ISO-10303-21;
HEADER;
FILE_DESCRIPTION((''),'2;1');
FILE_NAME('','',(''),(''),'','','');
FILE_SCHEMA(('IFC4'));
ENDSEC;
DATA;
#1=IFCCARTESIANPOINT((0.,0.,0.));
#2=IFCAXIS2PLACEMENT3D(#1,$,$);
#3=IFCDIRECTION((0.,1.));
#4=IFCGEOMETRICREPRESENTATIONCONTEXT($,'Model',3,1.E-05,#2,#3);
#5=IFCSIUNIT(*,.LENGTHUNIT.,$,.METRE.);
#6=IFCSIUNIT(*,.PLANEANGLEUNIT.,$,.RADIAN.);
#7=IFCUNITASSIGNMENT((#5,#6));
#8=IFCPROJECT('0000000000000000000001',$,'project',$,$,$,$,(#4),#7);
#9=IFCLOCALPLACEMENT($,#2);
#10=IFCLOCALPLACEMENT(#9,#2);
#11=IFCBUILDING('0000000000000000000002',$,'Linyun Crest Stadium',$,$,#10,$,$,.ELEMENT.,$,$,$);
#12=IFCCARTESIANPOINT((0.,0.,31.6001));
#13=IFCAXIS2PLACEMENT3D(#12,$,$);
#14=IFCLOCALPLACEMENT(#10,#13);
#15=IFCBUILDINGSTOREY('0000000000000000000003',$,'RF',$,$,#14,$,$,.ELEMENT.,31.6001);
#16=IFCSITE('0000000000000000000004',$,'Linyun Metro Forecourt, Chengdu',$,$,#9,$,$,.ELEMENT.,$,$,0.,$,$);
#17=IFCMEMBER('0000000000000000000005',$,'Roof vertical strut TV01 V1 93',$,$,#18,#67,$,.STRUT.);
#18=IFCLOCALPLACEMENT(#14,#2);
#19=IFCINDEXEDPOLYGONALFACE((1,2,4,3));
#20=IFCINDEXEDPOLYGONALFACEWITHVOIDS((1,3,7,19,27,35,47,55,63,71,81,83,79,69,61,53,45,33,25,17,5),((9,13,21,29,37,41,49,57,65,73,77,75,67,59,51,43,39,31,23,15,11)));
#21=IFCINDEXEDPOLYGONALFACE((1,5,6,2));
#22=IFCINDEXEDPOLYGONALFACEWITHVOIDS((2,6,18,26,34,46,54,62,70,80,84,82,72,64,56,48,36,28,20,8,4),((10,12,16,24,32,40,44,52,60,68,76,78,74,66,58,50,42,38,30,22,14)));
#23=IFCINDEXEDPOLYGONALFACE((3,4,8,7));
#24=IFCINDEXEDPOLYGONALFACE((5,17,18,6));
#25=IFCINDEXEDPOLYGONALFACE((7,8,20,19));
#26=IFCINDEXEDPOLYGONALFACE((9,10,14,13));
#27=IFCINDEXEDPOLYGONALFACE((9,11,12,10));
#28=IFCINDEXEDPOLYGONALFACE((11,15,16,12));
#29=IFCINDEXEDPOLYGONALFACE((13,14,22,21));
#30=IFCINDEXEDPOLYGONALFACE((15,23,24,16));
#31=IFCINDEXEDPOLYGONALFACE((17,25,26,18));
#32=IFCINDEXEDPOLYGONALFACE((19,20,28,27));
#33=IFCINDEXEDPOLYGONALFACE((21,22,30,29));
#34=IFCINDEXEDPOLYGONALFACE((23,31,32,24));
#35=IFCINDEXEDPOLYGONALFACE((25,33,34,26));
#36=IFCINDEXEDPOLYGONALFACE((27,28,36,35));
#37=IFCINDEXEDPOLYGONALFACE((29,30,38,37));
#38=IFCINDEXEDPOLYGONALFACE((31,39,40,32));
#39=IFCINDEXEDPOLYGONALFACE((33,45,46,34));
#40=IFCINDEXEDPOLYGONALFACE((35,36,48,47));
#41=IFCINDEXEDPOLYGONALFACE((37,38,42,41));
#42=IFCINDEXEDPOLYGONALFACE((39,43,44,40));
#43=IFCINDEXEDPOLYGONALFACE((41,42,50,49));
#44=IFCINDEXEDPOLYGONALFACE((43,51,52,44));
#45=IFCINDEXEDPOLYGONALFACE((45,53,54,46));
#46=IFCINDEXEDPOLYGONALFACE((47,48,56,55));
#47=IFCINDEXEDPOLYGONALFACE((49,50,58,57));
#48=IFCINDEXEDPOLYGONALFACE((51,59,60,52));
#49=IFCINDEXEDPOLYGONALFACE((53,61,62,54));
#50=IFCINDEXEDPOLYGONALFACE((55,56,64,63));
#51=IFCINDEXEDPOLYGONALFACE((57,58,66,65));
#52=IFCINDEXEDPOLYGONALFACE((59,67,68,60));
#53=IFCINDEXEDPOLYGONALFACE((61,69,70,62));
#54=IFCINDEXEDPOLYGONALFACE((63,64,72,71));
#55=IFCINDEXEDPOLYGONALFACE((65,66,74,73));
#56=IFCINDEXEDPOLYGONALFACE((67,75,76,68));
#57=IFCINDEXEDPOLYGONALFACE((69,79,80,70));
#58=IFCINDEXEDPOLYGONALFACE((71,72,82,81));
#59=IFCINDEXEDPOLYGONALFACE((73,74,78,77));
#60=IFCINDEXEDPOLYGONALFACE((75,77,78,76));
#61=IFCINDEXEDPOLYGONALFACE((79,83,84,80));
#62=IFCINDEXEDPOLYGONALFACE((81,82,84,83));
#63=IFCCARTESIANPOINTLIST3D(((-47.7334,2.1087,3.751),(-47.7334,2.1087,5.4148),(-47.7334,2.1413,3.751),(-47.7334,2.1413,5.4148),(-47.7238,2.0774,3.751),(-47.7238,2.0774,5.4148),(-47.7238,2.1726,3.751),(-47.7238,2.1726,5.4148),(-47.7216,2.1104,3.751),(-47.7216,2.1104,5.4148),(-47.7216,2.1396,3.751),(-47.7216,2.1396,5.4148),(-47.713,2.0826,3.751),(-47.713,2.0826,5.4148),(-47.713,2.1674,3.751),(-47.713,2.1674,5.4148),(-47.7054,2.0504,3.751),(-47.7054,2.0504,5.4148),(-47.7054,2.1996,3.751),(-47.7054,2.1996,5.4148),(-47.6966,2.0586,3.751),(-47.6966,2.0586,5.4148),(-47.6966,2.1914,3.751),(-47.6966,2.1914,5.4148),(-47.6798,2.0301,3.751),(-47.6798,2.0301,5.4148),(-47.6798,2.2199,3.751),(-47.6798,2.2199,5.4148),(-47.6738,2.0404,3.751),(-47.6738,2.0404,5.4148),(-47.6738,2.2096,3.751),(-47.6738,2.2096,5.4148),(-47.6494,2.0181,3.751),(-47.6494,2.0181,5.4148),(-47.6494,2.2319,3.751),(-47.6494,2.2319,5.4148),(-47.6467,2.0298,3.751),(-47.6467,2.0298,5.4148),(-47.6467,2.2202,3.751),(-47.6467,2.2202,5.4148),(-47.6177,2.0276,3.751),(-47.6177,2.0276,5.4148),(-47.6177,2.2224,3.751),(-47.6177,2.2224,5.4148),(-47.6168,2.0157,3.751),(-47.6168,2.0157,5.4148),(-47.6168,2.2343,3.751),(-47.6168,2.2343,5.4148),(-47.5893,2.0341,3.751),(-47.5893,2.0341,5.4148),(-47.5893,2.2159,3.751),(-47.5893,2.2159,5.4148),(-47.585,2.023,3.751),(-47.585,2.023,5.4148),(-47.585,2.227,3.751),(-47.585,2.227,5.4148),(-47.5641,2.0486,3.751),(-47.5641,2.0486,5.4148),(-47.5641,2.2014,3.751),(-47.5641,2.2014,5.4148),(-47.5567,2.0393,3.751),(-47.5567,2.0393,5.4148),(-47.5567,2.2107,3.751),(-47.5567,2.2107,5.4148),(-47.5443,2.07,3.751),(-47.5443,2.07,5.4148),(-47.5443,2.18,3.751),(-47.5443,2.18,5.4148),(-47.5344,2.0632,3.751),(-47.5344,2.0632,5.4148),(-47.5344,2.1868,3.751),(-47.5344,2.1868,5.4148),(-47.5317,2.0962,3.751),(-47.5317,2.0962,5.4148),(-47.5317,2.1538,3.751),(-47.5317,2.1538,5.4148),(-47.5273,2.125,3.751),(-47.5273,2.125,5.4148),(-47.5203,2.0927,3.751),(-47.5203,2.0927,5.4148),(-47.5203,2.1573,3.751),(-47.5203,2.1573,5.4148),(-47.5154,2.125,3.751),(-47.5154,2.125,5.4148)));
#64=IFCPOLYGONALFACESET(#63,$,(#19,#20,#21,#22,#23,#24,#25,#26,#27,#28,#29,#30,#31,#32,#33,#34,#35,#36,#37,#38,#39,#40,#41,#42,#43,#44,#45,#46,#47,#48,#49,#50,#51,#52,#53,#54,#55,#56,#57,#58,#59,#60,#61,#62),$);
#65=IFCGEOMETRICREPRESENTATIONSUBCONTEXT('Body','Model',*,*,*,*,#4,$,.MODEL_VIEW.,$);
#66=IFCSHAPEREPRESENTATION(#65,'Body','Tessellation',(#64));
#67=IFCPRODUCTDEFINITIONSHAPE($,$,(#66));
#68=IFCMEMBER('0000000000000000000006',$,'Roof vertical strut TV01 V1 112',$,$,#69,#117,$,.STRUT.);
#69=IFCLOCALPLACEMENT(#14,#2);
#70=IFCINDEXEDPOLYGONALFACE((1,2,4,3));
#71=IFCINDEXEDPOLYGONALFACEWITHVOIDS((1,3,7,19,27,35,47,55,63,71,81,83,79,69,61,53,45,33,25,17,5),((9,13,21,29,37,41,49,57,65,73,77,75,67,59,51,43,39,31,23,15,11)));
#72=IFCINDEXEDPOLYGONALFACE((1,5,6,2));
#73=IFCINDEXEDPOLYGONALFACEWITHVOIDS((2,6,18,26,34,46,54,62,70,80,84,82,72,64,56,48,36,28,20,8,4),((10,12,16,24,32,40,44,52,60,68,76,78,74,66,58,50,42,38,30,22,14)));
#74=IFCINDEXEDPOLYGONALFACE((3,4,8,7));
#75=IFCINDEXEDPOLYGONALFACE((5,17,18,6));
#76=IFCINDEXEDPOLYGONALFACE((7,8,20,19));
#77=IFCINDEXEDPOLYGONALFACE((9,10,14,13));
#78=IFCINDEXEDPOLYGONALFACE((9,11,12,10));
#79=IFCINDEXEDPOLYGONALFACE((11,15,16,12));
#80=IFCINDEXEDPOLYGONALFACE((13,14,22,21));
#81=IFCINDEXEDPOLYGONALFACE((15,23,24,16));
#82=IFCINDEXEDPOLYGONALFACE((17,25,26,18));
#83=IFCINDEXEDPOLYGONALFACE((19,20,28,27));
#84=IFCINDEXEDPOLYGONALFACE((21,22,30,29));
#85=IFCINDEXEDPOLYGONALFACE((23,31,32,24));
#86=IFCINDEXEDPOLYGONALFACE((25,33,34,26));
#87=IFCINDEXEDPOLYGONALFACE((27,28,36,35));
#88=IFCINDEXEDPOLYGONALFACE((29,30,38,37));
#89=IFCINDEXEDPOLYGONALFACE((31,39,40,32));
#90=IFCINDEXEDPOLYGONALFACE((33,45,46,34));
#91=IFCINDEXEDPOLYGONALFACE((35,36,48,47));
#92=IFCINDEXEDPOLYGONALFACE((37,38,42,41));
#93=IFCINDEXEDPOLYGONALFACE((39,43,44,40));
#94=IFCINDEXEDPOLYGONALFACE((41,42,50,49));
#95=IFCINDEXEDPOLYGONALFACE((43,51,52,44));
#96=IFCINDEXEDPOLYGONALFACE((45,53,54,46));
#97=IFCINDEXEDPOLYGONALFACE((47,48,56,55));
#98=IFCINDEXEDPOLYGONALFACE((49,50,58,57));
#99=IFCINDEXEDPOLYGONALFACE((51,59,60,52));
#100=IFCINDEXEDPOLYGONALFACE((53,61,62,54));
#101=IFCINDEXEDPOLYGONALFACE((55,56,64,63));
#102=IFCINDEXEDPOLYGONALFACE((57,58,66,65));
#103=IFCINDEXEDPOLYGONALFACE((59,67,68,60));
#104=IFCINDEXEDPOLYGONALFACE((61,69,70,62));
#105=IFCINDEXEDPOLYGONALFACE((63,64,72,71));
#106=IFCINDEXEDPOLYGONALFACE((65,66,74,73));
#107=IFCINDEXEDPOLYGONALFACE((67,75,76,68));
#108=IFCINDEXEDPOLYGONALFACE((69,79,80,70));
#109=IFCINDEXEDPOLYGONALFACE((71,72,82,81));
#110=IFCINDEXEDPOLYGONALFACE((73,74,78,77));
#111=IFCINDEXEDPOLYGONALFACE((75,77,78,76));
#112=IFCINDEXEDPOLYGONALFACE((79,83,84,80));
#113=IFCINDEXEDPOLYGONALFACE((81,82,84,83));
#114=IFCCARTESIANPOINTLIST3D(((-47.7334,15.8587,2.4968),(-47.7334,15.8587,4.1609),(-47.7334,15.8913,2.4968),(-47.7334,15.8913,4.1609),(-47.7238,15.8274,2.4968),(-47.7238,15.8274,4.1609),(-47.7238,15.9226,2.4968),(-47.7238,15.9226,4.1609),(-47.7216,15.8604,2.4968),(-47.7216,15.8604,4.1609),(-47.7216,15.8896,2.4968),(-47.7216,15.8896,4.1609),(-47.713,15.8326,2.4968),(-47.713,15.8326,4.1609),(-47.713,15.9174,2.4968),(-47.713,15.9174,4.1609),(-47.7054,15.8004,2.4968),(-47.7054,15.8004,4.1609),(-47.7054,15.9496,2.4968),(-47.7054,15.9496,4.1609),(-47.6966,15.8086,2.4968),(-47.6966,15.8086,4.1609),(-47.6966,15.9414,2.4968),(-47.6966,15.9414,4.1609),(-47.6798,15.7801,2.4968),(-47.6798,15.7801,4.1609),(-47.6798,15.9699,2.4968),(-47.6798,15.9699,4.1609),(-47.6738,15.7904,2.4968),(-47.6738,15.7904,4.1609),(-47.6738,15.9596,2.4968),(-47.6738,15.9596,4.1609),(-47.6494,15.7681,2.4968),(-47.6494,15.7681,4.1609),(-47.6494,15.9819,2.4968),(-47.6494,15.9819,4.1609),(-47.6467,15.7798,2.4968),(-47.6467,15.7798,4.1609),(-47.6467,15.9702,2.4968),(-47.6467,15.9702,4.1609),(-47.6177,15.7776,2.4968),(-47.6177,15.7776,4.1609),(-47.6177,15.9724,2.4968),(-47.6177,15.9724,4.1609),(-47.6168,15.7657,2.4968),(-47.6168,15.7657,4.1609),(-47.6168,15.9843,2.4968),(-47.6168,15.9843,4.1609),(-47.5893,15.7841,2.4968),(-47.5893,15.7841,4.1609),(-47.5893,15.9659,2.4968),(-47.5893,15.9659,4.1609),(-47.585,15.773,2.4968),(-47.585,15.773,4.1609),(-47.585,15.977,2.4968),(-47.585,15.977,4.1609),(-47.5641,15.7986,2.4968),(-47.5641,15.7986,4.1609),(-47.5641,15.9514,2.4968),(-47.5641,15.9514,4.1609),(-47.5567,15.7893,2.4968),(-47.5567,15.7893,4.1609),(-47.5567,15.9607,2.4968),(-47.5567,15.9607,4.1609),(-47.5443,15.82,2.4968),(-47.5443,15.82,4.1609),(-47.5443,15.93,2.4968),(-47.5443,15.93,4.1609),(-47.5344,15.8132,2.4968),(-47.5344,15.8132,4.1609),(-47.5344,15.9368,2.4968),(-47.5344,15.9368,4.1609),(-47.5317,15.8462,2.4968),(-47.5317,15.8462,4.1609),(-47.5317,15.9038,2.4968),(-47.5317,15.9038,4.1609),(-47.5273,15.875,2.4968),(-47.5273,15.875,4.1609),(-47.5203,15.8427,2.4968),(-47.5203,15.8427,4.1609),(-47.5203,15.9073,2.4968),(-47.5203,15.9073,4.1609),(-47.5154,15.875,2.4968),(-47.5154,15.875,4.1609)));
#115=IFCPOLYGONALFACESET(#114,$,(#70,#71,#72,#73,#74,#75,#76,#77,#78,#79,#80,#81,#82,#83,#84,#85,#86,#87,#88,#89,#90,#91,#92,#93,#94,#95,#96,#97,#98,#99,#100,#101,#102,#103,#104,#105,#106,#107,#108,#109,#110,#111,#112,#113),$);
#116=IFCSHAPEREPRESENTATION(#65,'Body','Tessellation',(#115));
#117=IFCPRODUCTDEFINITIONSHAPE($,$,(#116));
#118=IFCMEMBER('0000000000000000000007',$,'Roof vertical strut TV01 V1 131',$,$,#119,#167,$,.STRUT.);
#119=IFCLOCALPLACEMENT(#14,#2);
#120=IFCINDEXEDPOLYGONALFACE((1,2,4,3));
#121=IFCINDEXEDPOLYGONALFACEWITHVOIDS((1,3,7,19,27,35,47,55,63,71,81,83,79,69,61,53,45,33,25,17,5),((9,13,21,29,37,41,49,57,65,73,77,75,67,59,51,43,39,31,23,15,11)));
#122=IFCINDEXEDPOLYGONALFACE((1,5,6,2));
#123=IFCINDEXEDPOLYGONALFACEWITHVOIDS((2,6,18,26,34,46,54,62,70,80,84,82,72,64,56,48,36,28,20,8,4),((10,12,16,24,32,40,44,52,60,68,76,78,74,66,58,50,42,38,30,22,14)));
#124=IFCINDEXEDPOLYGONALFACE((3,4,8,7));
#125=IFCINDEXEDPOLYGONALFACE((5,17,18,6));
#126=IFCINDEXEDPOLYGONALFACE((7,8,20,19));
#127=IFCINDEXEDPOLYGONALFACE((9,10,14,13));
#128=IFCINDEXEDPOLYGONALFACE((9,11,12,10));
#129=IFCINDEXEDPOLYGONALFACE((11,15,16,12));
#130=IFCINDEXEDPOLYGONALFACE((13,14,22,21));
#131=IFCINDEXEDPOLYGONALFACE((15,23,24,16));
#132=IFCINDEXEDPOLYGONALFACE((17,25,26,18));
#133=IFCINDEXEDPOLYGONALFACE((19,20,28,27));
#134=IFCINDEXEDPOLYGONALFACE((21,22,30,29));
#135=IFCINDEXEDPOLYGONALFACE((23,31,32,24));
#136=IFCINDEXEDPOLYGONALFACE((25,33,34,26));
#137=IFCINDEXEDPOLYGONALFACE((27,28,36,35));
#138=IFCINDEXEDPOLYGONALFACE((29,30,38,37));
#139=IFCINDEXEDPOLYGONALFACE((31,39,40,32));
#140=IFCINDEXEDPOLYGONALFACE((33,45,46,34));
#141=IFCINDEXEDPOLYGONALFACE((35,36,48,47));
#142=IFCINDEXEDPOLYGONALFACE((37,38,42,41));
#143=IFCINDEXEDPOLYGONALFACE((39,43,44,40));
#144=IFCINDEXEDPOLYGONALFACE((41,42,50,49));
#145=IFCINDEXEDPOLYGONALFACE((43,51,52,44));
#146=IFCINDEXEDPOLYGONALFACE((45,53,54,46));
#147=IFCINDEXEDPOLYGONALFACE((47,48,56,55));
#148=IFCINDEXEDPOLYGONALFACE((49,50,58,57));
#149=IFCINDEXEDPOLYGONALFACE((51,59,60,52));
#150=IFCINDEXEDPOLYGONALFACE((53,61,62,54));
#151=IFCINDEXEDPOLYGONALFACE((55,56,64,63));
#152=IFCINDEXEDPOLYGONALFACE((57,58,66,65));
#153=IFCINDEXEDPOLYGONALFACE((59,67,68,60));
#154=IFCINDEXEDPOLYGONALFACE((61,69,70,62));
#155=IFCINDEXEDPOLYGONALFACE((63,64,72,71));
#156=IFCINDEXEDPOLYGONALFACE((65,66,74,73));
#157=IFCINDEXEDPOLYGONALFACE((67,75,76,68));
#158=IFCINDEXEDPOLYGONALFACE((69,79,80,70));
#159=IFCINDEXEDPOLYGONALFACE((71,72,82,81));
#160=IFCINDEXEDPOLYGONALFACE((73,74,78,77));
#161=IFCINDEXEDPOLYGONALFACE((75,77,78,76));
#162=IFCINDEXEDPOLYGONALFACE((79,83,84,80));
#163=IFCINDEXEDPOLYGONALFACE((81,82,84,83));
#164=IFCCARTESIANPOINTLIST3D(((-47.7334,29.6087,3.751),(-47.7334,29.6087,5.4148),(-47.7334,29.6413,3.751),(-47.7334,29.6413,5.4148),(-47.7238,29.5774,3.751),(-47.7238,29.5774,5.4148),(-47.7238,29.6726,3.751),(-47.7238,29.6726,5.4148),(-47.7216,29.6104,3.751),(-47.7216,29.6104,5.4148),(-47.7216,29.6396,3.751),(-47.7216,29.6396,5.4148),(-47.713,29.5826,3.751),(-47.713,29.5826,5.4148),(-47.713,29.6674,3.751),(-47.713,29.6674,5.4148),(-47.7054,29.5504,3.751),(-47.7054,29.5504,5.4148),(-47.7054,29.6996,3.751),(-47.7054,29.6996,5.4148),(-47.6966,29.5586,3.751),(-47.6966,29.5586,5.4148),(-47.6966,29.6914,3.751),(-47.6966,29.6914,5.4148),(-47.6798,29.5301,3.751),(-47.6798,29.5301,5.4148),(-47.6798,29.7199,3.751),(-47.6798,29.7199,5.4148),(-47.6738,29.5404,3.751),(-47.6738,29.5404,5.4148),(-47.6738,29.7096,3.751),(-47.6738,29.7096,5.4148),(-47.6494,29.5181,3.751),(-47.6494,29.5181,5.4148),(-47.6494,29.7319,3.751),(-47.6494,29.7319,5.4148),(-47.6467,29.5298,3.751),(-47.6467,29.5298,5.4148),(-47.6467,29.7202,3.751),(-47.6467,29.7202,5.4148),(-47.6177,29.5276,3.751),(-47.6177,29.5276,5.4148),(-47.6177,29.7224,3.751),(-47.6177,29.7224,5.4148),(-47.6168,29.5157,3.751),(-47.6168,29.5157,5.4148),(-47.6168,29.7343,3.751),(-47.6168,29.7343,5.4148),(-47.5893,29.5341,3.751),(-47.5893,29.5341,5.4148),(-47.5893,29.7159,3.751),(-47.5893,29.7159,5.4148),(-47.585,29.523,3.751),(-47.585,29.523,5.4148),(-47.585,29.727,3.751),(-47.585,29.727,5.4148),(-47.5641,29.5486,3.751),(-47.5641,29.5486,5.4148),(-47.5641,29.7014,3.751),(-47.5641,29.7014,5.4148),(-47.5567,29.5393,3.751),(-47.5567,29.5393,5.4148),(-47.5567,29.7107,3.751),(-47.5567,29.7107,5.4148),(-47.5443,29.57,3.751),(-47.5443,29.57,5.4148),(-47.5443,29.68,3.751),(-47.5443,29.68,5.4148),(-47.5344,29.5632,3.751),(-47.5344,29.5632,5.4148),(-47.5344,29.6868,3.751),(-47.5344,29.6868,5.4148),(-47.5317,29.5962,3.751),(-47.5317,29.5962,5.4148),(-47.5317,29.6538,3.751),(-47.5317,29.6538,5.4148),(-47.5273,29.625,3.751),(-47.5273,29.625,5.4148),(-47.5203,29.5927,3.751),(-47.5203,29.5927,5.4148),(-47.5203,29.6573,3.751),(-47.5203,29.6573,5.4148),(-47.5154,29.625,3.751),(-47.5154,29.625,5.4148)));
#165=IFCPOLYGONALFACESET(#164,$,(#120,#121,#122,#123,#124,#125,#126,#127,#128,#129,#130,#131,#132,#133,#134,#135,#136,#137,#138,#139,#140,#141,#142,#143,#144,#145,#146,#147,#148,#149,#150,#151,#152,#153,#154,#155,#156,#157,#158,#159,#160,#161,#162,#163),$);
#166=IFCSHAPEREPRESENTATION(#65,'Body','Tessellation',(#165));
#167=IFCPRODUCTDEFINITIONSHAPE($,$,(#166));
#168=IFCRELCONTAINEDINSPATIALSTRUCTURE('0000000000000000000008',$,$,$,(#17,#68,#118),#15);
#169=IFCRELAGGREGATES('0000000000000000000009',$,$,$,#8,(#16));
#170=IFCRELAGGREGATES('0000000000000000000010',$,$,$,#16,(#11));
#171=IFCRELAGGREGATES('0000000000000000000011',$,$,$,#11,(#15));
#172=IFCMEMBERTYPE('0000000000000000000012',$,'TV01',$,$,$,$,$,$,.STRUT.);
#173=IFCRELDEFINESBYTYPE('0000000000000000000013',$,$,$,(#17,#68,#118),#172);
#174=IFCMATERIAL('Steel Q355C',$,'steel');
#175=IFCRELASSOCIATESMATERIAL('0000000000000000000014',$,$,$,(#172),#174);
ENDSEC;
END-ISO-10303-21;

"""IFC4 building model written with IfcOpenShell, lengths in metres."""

from ifc_helpers import new_model, si_unit, direction, frame, origin, origin_2d, place, context, subcontext, project, spatial, hollow_circle, extrude, material, material_profile, profile_set, type_object, element, save


model = new_model("IFC4")

# Units and contexts
model_context = context("Model", 3, precision=1e-05, world=origin(), true_north=direction((0.0, 1.0)))
body_context = subcontext(model_context, "Body", "Model", "MODEL_VIEW")
ifc_project = project(units=[si_unit("LENGTHUNIT", "METRE"), si_unit("PLANEANGLEUNIT", "RADIAN")], contexts=[model_context])

# Site, building, storey
site_placement = place(None, origin())
site = spatial("IfcSite", under=ifc_project, at=site_placement, Name="Linyun Metro Forecourt, Chengdu", CompositionType="ELEMENT", RefElevation=0.0)
building_placement = place(site_placement, origin())
building = spatial("IfcBuilding", under=site, at=building_placement, Name="Linyun Crest Stadium", CompositionType="ELEMENT")
storey_placement = place(building_placement, frame((0.0, 0.0, 31.6001)))
storey = spatial("IfcBuildingStorey", under=building, at=storey_placement, Name="RF", CompositionType="ELEMENT", Elevation=31.6001)

# Members
ifc_material_1 = material(Name="Steel Q355C", Category="steel")
ifc_material_profile_1 = material_profile(ifc_material_1, hollow_circle(Radius=0.1096, WallThickness=0.012, at=origin_2d()), Name="CHS 219x12")
ifc_profile_set_1 = profile_set([ifc_material_profile_1], Name="Steel Q355C")
member_type_1 = type_object("IfcMemberType", Name="TV01", PredefinedType="STRUT", material=ifc_profile_set_1)
member_1_placement = place(storey_placement, frame((-47.625, 2.125, 3.751), z_axis=(0.0, 0.0, 1.0), x_axis=(1.0, 0.0, 0.0)))
element("IfcMember", 1, at=member_1_placement, inside=storey, type_object=member_type_1, Name="Roof vertical strut TV01 V1 93", PredefinedType="STRUT", context=body_context, shape_type="SweptSolid", body=[
    extrude(hollow_circle(Radius=0.1096, WallThickness=0.012, at=origin_2d()), origin(), (0.0, 0.0, 1.0), 1.6638),
])
member_2_placement = place(storey_placement, frame((-47.625, 15.875, 2.4968), z_axis=(0.0, 0.0, 1.0), x_axis=(1.0, 0.0, 0.0)))
element("IfcMember", 2, at=member_2_placement, inside=storey, type_object=member_type_1, Name="Roof vertical strut TV01 V1 112", PredefinedType="STRUT", context=body_context, shape_type="SweptSolid", body=[
    extrude(hollow_circle(Radius=0.1096, WallThickness=0.012, at=origin_2d()), origin(), (0.0, 0.0, 1.0), 1.6641),
])
member_3_placement = place(storey_placement, frame((-47.625, 29.625, 3.751), z_axis=(0.0, 0.0, 1.0), x_axis=(1.0, 0.0, 0.0)))
element("IfcMember", 3, at=member_3_placement, inside=storey, type_object=member_type_1, Name="Roof vertical strut TV01 V1 131", PredefinedType="STRUT", context=body_context, shape_type="SweptSolid", body=[
    extrude(hollow_circle(Radius=0.1096, WallThickness=0.012, at=origin_2d()), origin(), (0.0, 0.0, 1.0), 1.6638),
])

save(model, "model.ifc")
